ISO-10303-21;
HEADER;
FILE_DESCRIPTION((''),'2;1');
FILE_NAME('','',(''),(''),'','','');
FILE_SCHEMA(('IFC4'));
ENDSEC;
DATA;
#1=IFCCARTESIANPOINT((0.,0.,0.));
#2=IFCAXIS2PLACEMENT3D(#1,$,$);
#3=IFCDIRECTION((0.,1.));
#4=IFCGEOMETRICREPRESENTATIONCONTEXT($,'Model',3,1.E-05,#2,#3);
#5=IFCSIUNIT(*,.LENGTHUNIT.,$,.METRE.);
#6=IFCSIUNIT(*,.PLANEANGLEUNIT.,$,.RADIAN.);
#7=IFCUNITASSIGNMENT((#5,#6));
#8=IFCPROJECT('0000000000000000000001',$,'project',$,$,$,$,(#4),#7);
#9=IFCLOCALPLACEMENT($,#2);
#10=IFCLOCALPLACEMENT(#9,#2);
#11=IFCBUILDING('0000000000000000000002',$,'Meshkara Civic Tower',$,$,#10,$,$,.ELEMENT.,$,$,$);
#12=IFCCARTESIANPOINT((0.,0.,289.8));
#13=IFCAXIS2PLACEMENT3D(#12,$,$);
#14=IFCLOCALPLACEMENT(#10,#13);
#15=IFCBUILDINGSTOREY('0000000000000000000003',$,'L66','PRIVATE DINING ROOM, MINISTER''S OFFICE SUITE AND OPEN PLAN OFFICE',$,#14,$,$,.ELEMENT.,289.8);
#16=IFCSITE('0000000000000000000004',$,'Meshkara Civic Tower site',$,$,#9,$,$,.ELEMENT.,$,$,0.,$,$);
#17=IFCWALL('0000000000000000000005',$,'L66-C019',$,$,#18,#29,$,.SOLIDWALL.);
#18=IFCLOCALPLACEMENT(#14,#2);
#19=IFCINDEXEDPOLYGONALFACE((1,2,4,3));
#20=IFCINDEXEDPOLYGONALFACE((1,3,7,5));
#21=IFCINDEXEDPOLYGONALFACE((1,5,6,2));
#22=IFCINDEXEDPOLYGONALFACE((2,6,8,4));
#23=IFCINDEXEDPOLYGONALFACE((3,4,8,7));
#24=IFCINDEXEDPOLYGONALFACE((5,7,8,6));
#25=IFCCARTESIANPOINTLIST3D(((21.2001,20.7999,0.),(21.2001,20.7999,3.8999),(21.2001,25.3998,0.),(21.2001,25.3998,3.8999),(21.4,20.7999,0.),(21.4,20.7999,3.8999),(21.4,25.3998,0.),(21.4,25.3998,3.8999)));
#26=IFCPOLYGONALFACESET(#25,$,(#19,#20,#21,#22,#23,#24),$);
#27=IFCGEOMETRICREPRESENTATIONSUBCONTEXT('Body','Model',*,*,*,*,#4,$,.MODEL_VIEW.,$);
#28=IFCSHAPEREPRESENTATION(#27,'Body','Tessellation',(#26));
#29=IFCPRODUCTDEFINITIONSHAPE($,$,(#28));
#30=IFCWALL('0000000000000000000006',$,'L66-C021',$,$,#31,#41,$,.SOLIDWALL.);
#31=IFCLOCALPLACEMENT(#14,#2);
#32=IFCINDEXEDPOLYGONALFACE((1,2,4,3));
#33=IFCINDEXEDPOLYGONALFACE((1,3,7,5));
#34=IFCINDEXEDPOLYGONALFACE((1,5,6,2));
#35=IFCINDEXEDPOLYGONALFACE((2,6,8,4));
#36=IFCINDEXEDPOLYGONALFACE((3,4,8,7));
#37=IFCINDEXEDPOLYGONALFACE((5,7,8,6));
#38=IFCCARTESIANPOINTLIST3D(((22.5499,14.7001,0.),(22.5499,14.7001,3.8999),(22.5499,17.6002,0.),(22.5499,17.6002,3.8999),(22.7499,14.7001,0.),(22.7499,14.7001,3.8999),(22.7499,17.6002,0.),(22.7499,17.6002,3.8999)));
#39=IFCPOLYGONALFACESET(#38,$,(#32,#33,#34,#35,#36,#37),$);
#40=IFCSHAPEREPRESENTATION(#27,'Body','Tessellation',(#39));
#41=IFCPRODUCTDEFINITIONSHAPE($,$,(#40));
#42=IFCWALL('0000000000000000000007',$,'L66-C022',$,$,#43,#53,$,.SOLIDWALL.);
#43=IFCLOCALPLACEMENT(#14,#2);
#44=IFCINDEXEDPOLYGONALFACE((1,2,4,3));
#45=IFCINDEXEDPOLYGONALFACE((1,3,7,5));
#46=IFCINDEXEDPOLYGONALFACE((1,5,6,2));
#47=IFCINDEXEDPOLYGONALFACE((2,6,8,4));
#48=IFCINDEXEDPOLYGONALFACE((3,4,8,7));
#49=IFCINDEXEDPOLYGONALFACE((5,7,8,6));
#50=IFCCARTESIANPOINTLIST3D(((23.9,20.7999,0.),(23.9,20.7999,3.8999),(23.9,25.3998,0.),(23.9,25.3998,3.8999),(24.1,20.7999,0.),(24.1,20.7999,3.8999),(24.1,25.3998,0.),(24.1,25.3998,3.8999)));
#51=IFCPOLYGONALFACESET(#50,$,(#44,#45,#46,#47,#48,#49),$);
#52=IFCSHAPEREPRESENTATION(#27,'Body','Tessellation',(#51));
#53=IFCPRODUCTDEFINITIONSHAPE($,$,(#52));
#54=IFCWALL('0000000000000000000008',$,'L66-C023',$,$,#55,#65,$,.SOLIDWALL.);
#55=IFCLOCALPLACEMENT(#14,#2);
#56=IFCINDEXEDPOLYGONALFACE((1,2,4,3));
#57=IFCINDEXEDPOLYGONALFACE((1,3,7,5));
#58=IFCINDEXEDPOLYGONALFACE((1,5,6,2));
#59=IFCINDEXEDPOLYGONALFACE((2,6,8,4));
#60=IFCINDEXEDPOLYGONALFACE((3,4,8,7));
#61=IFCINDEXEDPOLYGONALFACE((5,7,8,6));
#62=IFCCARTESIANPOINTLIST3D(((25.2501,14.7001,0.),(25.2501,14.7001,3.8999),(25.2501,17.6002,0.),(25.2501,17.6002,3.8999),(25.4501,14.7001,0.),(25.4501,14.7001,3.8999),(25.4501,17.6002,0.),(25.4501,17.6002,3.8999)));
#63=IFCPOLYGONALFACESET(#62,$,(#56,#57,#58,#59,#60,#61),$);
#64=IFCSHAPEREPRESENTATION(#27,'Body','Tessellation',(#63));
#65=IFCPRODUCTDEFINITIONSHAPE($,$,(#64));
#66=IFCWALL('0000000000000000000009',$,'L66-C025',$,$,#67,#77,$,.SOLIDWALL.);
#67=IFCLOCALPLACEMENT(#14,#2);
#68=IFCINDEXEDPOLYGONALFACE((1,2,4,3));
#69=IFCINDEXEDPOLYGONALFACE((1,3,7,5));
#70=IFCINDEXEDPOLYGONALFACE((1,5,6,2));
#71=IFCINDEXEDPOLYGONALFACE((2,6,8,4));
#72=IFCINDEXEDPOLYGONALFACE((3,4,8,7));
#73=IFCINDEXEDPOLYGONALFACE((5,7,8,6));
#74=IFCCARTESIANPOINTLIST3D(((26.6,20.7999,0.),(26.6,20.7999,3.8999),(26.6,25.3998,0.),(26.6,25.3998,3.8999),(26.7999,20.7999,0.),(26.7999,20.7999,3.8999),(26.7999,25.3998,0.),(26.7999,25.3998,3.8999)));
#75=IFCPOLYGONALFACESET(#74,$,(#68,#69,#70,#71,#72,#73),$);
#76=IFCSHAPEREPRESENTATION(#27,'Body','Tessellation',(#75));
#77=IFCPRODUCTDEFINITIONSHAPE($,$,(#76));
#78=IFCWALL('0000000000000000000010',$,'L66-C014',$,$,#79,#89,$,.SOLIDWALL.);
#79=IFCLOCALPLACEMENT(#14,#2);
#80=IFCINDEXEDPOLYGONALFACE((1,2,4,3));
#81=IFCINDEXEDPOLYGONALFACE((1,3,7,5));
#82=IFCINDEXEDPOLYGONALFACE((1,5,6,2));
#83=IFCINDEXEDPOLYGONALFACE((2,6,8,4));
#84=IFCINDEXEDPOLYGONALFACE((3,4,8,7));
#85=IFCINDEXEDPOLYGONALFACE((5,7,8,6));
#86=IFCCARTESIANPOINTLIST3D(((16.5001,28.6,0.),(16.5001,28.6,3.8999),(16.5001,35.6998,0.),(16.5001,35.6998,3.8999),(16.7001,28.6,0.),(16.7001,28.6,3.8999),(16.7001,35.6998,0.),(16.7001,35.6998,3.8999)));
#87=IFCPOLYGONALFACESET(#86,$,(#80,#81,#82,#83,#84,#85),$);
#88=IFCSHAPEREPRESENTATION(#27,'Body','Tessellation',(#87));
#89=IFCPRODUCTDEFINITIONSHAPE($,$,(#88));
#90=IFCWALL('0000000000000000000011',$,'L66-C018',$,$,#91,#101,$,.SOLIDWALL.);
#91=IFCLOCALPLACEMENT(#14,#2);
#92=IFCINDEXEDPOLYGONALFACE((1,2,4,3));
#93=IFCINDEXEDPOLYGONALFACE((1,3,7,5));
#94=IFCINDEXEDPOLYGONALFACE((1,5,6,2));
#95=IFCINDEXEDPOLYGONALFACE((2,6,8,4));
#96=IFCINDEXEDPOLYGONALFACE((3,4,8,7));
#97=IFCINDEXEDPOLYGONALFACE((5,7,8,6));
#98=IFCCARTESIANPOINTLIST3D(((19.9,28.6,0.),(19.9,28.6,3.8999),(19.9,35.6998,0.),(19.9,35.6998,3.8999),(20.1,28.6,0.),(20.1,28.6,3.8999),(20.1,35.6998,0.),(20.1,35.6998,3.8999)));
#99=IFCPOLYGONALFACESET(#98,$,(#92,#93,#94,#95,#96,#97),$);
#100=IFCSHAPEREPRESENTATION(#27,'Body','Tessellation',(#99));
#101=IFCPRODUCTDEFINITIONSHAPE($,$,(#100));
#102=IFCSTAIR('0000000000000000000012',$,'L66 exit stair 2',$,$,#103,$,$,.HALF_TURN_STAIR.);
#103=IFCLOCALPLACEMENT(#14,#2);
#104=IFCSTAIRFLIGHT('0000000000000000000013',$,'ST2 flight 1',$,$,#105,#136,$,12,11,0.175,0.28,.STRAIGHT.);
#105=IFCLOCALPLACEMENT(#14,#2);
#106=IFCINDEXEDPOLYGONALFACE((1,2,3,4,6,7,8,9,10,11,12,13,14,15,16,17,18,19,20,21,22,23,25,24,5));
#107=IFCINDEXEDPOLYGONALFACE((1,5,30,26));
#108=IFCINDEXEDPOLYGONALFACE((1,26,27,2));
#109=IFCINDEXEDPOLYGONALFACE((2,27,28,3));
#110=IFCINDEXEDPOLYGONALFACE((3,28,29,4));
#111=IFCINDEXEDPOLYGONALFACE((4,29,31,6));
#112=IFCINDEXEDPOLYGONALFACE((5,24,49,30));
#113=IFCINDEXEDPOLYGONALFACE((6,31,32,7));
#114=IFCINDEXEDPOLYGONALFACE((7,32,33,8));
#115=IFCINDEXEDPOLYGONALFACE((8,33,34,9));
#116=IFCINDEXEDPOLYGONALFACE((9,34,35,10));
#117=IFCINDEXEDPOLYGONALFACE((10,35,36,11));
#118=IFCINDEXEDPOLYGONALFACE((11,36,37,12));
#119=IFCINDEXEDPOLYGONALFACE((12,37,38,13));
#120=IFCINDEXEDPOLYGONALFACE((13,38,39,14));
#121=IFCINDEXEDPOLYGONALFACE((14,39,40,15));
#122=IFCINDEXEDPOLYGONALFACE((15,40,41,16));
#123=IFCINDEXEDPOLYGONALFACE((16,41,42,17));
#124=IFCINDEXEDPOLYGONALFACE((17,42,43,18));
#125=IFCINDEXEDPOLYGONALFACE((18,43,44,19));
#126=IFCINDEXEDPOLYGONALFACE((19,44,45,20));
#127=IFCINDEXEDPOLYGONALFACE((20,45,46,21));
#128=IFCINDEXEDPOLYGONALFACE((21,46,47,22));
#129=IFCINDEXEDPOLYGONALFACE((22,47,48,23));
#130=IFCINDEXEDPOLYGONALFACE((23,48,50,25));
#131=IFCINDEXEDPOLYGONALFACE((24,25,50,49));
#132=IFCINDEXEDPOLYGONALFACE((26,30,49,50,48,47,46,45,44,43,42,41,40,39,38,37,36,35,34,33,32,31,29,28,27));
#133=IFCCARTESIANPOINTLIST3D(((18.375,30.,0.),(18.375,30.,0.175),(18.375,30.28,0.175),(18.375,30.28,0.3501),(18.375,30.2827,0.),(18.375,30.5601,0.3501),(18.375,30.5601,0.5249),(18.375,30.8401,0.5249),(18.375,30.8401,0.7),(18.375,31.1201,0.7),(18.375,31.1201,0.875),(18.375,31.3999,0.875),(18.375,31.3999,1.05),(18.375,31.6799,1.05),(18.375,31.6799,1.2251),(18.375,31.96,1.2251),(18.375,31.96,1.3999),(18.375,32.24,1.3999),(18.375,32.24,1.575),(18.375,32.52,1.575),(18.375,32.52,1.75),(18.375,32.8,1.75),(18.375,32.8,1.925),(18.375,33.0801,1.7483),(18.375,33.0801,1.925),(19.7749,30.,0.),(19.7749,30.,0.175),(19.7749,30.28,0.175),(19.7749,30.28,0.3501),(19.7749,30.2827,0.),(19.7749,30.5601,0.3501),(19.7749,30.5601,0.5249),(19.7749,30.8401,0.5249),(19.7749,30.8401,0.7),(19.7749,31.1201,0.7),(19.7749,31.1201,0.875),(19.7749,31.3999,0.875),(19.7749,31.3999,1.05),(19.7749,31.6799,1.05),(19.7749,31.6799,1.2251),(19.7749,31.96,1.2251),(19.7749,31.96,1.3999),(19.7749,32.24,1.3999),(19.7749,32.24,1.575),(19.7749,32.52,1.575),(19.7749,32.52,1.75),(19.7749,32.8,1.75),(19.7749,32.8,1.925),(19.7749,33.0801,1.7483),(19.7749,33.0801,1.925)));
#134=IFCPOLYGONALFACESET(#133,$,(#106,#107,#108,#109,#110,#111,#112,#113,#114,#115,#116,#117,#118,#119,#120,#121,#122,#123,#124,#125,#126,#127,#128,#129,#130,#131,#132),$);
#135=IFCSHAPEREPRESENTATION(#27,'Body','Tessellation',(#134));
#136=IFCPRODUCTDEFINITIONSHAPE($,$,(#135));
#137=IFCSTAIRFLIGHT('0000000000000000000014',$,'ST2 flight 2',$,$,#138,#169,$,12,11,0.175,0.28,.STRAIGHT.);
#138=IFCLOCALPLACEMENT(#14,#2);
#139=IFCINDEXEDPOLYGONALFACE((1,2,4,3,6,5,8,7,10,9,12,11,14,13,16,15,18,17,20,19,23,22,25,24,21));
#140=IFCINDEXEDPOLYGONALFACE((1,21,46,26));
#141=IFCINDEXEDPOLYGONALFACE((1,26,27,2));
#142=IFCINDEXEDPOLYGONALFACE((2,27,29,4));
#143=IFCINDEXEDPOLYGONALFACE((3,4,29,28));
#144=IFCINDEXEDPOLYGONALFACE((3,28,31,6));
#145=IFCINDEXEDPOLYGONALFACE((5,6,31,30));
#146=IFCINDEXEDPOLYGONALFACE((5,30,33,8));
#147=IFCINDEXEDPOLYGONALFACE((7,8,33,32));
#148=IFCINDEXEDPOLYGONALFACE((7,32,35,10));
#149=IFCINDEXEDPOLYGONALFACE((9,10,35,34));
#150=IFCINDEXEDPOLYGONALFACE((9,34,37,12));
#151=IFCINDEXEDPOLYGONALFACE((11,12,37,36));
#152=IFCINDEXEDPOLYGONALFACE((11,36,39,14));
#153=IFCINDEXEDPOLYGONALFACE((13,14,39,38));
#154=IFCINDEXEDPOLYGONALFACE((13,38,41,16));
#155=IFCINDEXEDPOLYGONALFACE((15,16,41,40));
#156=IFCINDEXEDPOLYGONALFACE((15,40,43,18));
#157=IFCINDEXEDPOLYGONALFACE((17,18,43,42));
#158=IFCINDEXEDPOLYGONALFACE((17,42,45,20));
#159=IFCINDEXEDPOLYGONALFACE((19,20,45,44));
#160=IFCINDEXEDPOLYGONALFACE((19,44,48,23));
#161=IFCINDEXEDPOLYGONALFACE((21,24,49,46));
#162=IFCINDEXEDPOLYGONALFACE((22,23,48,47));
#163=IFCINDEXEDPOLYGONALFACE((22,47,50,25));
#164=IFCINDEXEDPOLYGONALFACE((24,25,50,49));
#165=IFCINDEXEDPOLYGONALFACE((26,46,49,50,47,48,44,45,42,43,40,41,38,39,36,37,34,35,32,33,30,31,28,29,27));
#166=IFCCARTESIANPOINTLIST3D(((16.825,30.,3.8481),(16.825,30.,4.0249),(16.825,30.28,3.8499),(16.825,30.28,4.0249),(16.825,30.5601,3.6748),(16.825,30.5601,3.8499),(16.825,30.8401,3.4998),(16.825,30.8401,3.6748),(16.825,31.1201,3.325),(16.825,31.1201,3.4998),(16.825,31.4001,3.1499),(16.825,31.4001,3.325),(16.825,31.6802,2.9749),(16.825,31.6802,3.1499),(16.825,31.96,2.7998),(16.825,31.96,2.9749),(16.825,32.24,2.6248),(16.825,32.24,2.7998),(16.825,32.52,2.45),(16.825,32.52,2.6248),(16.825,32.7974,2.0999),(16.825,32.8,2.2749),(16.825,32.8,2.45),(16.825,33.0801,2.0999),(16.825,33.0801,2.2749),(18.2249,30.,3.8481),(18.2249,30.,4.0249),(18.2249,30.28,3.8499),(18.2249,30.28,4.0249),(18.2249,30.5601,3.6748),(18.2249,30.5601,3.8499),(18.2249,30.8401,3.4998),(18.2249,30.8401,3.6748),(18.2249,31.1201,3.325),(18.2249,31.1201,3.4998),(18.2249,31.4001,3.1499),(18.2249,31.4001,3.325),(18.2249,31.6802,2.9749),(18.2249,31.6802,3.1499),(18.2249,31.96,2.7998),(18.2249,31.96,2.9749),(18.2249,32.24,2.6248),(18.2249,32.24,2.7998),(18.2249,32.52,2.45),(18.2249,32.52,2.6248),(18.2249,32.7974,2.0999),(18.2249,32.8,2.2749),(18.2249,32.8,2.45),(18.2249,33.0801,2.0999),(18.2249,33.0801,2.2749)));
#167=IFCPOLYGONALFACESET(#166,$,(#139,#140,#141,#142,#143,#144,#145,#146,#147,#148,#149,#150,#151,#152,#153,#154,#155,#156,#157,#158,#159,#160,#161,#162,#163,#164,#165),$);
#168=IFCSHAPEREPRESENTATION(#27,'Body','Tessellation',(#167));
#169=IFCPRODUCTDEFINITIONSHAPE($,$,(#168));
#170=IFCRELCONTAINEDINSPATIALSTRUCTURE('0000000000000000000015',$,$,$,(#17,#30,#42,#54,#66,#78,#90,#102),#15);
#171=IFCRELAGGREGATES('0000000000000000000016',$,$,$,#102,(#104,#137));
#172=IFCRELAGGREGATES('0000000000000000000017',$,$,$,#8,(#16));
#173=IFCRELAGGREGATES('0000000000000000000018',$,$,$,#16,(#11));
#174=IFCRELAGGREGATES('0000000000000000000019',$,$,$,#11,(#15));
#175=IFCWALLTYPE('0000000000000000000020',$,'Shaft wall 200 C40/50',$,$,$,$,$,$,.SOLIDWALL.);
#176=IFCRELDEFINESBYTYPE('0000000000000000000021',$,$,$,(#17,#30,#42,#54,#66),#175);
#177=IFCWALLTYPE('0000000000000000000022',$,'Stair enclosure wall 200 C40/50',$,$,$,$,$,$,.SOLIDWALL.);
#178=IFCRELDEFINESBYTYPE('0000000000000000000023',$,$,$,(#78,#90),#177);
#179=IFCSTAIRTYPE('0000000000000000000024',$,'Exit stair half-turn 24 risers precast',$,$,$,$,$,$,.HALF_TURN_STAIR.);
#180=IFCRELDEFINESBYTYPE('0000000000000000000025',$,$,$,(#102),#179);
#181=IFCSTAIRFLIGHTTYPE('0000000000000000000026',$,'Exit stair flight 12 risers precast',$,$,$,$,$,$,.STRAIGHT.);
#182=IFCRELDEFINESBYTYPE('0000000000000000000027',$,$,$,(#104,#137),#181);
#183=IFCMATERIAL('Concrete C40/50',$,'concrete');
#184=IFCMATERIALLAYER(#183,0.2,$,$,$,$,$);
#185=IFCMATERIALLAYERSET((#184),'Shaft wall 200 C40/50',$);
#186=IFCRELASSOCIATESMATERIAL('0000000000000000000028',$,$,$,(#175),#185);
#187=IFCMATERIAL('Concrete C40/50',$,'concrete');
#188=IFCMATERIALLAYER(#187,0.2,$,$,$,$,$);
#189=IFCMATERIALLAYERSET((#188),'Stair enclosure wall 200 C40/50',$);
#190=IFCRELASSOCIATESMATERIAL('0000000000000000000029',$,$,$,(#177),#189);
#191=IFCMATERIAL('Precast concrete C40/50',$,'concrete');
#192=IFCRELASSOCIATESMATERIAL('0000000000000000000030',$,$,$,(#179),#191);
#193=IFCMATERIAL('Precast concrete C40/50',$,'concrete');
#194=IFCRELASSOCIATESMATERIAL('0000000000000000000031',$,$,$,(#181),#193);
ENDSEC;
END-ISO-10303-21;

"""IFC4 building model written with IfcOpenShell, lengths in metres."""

from ifc_helpers import new_model, si_unit, direction, frame, frame_2d, origin, place, context, subcontext, project, spatial, polyline, rectangle, outline, extrude, material, layer, layer_set, type_object, element, aggregate, save


model = new_model("IFC4")

# Units and contexts
model_context = context("Model", 3, precision=1e-05, world=origin(), true_north=direction((0.0, 1.0)))
body_context = subcontext(model_context, "Body", "Model", "MODEL_VIEW")
ifc_project = project(units=[si_unit("LENGTHUNIT", "METRE"), si_unit("PLANEANGLEUNIT", "RADIAN")], contexts=[model_context])

# Site, building, storey
site_placement = place(None, origin())
site = spatial("IfcSite", under=ifc_project, at=site_placement, Name="Meshkara Civic Tower site", CompositionType="ELEMENT", RefElevation=0.0)
building_placement = place(site_placement, origin())
building = spatial("IfcBuilding", under=site, at=building_placement, Name="Meshkara Civic Tower", CompositionType="ELEMENT")
storey_placement = place(building_placement, frame((0.0, 0.0, 289.8)))
storey = spatial("IfcBuildingStorey", under=building, at=storey_placement, Name="L66", Description="PRIVATE DINING ROOM, MINISTER'S OFFICE SUITE AND OPEN PLAN OFFICE", CompositionType="ELEMENT", Elevation=289.8)

# Shared definitions
ifc_material_1 = material(Name="Concrete C40/50", Category="concrete")
ifc_layer_1 = layer(ifc_material_1, 0.2)
ifc_layer_set_1 = layer_set([ifc_layer_1], Name="Shaft wall 200 C40/50")
wall_type_1 = type_object("IfcWallType", Name="Shaft wall 200 C40/50", PredefinedType="SOLIDWALL", material=ifc_layer_set_1)

# Walls
wall_1_placement = place(storey_placement, frame((21.3, 20.8, 0.0), z_axis=(0.0, 0.0, 1.0), x_axis=(0.0, 1.0, 0.0)))
element("IfcWall", 1, at=wall_1_placement, inside=storey, type_object=wall_type_1, Name="L66-C019", PredefinedType="SOLIDWALL", context=body_context, shape_type="SweptSolid", body=[
    extrude(rectangle(XDim=4.5999, YDim=0.2, at=frame_2d((2.2998, 0.0))), origin(), (0.0, 0.0, 1.0), 3.8999),
])
wall_2_placement = place(storey_placement, frame((22.6499, 14.7, 0.0), z_axis=(0.0, 0.0, 1.0), x_axis=(0.0, 1.0, 0.0)))
element("IfcWall", 2, at=wall_2_placement, inside=storey, type_object=wall_type_1, Name="L66-C021", PredefinedType="SOLIDWALL", context=body_context, shape_type="SweptSolid", body=[
    extrude(rectangle(XDim=2.9001, YDim=0.2, at=frame_2d((1.4502, 0.0))), origin(), (0.0, 0.0, 1.0), 3.8999),
])
wall_3_placement = place(storey_placement, frame((24.0, 20.8, 0.0), z_axis=(0.0, 0.0, 1.0), x_axis=(0.0, 1.0, 0.0)))
element("IfcWall", 3, at=wall_3_placement, inside=storey, type_object=wall_type_1, Name="L66-C022", PredefinedType="SOLIDWALL", context=body_context, shape_type="SweptSolid", body=[
    extrude(rectangle(XDim=4.5999, YDim=0.2, at=frame_2d((2.2998, 0.0))), origin(), (0.0, 0.0, 1.0), 3.8999),
])
wall_4_placement = place(storey_placement, frame((25.3501, 14.7, 0.0), z_axis=(0.0, 0.0, 1.0), x_axis=(0.0, 1.0, 0.0)))
element("IfcWall", 4, at=wall_4_placement, inside=storey, type_object=wall_type_1, Name="L66-C023", PredefinedType="SOLIDWALL", context=body_context, shape_type="SweptSolid", body=[
    extrude(rectangle(XDim=2.9001, YDim=0.2, at=frame_2d((1.4502, 0.0))), origin(), (0.0, 0.0, 1.0), 3.8999),
])
wall_5_placement = place(storey_placement, frame((26.7, 20.8, 0.0), z_axis=(0.0, 0.0, 1.0), x_axis=(0.0, 1.0, 0.0)))
element("IfcWall", 5, at=wall_5_placement, inside=storey, type_object=wall_type_1, Name="L66-C025", PredefinedType="SOLIDWALL", context=body_context, shape_type="SweptSolid", body=[
    extrude(rectangle(XDim=4.5999, YDim=0.2, at=frame_2d((2.2998, 0.0))), origin(), (0.0, 0.0, 1.0), 3.8999),
])
ifc_material_2 = material(Name="Concrete C40/50", Category="concrete")
ifc_layer_2 = layer(ifc_material_2, 0.2)
ifc_layer_set_2 = layer_set([ifc_layer_2], Name="Stair enclosure wall 200 C40/50")
wall_type_2 = type_object("IfcWallType", Name="Stair enclosure wall 200 C40/50", PredefinedType="SOLIDWALL", material=ifc_layer_set_2)
for number, where, z_axis, x_axis, name in (
    (6, (16.6001, 28.6001, 0.0), (0.0, 0.0, 1.0), (0.0, 1.0, 0.0), "L66-C014"),
    (7, (20.0, 28.6001, 0.0), (0.0, 0.0, 1.0), (0.0, 1.0, 0.0), "L66-C018"),
):
    element("IfcWall", number, at=place(storey_placement, frame(where, z_axis=z_axis, x_axis=x_axis)), inside=storey, type_object=wall_type_2, Name=name, PredefinedType="SOLIDWALL", context=body_context, shape_type="SweptSolid", body=[
        extrude(rectangle(XDim=7.0999, YDim=0.2, at=frame_2d((3.5498, 0.0))), origin(), (0.0, 0.0, 1.0), 3.8999),
    ])

# Stair, stair flights
ifc_material_3 = material(Name="Precast concrete C40/50", Category="concrete")
stair_type = type_object("IfcStairType", Name="Exit stair half-turn 24 risers precast", PredefinedType="HALF_TURN_STAIR", material=ifc_material_3)
stair_placement = place(storey_placement, origin())
stair = element("IfcStair", 8, at=stair_placement, inside=storey, type_object=stair_type, Name="L66 exit stair 2", PredefinedType="HALF_TURN_STAIR")
ifc_material_4 = material(Name="Precast concrete C40/50", Category="concrete")
stair_flight_type = type_object("IfcStairFlightType", Name="Exit stair flight 12 risers precast", PredefinedType="STRAIGHT", material=ifc_material_4)
stair_flight_1_placement = place(storey_placement, frame((19.075, 30.0, 0.0), z_axis=(0.0, 0.0, 1.0), x_axis=(0.0, 1.0, 0.0)))
stair_flight_1 = element("IfcStairFlight", 9, at=stair_flight_1_placement, type_object=stair_flight_type, Name="ST2 flight 1", NumberOfRisers=12, NumberOfTreads=11, PredefinedType="STRAIGHT", RiserHeight=0.175, TreadLength=0.28, context=body_context, shape_type="SweptSolid", body=[
    extrude(outline(polyline([(0.0, 0.0), (0.0, 0.175), (0.28, 0.175), (0.28, 0.3501), (0.5601, 0.3501), (0.5601, 0.5249), (0.8401, 0.5249), (0.8401, 0.7), (1.1201, 0.7), (1.1201, 0.875), (1.3999, 0.875), (1.3999, 1.05), (1.6799, 1.05), (1.6799, 1.2251), (1.96, 1.2251), (1.96, 1.3999), (2.24, 1.3999), (2.24, 1.575), (2.52, 1.575), (2.52, 1.75), (2.8, 1.75), (2.8, 1.925), (3.0801, 1.925), (3.0801, 2.1001), (3.0801, 1.7483), (0.2827, 0.0), (0.0, 0.0)])), frame((0.0, 0.7, 0.0), z_axis=(0.0, -1.0, 0.0), x_axis=(1.0, 0.0, 0.0)), (0.0, 0.0, 1.0), 1.3999),
])
stair_flight_2_placement = place(storey_placement, frame((17.5249, 33.0801, 2.0999), z_axis=(0.0, 0.0, 1.0), x_axis=(0.0, -1.0, 0.0)))
stair_flight_2 = element("IfcStairFlight", 10, at=stair_flight_2_placement, type_object=stair_flight_type, Name="ST2 flight 2", NumberOfRisers=12, NumberOfTreads=11, PredefinedType="STRAIGHT", RiserHeight=0.175, TreadLength=0.28, context=body_context, shape_type="SweptSolid", body=[
    extrude(outline(polyline([(0.0, 0.0), (0.0, 0.175), (0.28, 0.175), (0.28, 0.3501), (0.5601, 0.3501), (0.5601, 0.5249), (0.8401, 0.5249), (0.8401, 0.7), (1.1201, 0.7), (1.1201, 0.875), (1.3999, 0.875), (1.3999, 1.05), (1.6799, 1.05), (1.6799, 1.2251), (1.96, 1.2251), (1.96, 1.3999), (2.24, 1.3999), (2.24, 1.575), (2.52, 1.575), (2.52, 1.75), (2.8, 1.75), (2.8, 1.925), (3.0801, 1.925), (3.0801, 2.1001), (3.0801, 1.7483), (0.2827, 0.0), (0.0, 0.0)])), frame((0.0, 0.7, 0.0), z_axis=(0.0, -1.0, 0.0), x_axis=(1.0, 0.0, 0.0)), (0.0, 0.0, 1.0), 1.3999),
])
aggregate(stair, [stair_flight_1, stair_flight_2])

save(model, "model.ifc")
